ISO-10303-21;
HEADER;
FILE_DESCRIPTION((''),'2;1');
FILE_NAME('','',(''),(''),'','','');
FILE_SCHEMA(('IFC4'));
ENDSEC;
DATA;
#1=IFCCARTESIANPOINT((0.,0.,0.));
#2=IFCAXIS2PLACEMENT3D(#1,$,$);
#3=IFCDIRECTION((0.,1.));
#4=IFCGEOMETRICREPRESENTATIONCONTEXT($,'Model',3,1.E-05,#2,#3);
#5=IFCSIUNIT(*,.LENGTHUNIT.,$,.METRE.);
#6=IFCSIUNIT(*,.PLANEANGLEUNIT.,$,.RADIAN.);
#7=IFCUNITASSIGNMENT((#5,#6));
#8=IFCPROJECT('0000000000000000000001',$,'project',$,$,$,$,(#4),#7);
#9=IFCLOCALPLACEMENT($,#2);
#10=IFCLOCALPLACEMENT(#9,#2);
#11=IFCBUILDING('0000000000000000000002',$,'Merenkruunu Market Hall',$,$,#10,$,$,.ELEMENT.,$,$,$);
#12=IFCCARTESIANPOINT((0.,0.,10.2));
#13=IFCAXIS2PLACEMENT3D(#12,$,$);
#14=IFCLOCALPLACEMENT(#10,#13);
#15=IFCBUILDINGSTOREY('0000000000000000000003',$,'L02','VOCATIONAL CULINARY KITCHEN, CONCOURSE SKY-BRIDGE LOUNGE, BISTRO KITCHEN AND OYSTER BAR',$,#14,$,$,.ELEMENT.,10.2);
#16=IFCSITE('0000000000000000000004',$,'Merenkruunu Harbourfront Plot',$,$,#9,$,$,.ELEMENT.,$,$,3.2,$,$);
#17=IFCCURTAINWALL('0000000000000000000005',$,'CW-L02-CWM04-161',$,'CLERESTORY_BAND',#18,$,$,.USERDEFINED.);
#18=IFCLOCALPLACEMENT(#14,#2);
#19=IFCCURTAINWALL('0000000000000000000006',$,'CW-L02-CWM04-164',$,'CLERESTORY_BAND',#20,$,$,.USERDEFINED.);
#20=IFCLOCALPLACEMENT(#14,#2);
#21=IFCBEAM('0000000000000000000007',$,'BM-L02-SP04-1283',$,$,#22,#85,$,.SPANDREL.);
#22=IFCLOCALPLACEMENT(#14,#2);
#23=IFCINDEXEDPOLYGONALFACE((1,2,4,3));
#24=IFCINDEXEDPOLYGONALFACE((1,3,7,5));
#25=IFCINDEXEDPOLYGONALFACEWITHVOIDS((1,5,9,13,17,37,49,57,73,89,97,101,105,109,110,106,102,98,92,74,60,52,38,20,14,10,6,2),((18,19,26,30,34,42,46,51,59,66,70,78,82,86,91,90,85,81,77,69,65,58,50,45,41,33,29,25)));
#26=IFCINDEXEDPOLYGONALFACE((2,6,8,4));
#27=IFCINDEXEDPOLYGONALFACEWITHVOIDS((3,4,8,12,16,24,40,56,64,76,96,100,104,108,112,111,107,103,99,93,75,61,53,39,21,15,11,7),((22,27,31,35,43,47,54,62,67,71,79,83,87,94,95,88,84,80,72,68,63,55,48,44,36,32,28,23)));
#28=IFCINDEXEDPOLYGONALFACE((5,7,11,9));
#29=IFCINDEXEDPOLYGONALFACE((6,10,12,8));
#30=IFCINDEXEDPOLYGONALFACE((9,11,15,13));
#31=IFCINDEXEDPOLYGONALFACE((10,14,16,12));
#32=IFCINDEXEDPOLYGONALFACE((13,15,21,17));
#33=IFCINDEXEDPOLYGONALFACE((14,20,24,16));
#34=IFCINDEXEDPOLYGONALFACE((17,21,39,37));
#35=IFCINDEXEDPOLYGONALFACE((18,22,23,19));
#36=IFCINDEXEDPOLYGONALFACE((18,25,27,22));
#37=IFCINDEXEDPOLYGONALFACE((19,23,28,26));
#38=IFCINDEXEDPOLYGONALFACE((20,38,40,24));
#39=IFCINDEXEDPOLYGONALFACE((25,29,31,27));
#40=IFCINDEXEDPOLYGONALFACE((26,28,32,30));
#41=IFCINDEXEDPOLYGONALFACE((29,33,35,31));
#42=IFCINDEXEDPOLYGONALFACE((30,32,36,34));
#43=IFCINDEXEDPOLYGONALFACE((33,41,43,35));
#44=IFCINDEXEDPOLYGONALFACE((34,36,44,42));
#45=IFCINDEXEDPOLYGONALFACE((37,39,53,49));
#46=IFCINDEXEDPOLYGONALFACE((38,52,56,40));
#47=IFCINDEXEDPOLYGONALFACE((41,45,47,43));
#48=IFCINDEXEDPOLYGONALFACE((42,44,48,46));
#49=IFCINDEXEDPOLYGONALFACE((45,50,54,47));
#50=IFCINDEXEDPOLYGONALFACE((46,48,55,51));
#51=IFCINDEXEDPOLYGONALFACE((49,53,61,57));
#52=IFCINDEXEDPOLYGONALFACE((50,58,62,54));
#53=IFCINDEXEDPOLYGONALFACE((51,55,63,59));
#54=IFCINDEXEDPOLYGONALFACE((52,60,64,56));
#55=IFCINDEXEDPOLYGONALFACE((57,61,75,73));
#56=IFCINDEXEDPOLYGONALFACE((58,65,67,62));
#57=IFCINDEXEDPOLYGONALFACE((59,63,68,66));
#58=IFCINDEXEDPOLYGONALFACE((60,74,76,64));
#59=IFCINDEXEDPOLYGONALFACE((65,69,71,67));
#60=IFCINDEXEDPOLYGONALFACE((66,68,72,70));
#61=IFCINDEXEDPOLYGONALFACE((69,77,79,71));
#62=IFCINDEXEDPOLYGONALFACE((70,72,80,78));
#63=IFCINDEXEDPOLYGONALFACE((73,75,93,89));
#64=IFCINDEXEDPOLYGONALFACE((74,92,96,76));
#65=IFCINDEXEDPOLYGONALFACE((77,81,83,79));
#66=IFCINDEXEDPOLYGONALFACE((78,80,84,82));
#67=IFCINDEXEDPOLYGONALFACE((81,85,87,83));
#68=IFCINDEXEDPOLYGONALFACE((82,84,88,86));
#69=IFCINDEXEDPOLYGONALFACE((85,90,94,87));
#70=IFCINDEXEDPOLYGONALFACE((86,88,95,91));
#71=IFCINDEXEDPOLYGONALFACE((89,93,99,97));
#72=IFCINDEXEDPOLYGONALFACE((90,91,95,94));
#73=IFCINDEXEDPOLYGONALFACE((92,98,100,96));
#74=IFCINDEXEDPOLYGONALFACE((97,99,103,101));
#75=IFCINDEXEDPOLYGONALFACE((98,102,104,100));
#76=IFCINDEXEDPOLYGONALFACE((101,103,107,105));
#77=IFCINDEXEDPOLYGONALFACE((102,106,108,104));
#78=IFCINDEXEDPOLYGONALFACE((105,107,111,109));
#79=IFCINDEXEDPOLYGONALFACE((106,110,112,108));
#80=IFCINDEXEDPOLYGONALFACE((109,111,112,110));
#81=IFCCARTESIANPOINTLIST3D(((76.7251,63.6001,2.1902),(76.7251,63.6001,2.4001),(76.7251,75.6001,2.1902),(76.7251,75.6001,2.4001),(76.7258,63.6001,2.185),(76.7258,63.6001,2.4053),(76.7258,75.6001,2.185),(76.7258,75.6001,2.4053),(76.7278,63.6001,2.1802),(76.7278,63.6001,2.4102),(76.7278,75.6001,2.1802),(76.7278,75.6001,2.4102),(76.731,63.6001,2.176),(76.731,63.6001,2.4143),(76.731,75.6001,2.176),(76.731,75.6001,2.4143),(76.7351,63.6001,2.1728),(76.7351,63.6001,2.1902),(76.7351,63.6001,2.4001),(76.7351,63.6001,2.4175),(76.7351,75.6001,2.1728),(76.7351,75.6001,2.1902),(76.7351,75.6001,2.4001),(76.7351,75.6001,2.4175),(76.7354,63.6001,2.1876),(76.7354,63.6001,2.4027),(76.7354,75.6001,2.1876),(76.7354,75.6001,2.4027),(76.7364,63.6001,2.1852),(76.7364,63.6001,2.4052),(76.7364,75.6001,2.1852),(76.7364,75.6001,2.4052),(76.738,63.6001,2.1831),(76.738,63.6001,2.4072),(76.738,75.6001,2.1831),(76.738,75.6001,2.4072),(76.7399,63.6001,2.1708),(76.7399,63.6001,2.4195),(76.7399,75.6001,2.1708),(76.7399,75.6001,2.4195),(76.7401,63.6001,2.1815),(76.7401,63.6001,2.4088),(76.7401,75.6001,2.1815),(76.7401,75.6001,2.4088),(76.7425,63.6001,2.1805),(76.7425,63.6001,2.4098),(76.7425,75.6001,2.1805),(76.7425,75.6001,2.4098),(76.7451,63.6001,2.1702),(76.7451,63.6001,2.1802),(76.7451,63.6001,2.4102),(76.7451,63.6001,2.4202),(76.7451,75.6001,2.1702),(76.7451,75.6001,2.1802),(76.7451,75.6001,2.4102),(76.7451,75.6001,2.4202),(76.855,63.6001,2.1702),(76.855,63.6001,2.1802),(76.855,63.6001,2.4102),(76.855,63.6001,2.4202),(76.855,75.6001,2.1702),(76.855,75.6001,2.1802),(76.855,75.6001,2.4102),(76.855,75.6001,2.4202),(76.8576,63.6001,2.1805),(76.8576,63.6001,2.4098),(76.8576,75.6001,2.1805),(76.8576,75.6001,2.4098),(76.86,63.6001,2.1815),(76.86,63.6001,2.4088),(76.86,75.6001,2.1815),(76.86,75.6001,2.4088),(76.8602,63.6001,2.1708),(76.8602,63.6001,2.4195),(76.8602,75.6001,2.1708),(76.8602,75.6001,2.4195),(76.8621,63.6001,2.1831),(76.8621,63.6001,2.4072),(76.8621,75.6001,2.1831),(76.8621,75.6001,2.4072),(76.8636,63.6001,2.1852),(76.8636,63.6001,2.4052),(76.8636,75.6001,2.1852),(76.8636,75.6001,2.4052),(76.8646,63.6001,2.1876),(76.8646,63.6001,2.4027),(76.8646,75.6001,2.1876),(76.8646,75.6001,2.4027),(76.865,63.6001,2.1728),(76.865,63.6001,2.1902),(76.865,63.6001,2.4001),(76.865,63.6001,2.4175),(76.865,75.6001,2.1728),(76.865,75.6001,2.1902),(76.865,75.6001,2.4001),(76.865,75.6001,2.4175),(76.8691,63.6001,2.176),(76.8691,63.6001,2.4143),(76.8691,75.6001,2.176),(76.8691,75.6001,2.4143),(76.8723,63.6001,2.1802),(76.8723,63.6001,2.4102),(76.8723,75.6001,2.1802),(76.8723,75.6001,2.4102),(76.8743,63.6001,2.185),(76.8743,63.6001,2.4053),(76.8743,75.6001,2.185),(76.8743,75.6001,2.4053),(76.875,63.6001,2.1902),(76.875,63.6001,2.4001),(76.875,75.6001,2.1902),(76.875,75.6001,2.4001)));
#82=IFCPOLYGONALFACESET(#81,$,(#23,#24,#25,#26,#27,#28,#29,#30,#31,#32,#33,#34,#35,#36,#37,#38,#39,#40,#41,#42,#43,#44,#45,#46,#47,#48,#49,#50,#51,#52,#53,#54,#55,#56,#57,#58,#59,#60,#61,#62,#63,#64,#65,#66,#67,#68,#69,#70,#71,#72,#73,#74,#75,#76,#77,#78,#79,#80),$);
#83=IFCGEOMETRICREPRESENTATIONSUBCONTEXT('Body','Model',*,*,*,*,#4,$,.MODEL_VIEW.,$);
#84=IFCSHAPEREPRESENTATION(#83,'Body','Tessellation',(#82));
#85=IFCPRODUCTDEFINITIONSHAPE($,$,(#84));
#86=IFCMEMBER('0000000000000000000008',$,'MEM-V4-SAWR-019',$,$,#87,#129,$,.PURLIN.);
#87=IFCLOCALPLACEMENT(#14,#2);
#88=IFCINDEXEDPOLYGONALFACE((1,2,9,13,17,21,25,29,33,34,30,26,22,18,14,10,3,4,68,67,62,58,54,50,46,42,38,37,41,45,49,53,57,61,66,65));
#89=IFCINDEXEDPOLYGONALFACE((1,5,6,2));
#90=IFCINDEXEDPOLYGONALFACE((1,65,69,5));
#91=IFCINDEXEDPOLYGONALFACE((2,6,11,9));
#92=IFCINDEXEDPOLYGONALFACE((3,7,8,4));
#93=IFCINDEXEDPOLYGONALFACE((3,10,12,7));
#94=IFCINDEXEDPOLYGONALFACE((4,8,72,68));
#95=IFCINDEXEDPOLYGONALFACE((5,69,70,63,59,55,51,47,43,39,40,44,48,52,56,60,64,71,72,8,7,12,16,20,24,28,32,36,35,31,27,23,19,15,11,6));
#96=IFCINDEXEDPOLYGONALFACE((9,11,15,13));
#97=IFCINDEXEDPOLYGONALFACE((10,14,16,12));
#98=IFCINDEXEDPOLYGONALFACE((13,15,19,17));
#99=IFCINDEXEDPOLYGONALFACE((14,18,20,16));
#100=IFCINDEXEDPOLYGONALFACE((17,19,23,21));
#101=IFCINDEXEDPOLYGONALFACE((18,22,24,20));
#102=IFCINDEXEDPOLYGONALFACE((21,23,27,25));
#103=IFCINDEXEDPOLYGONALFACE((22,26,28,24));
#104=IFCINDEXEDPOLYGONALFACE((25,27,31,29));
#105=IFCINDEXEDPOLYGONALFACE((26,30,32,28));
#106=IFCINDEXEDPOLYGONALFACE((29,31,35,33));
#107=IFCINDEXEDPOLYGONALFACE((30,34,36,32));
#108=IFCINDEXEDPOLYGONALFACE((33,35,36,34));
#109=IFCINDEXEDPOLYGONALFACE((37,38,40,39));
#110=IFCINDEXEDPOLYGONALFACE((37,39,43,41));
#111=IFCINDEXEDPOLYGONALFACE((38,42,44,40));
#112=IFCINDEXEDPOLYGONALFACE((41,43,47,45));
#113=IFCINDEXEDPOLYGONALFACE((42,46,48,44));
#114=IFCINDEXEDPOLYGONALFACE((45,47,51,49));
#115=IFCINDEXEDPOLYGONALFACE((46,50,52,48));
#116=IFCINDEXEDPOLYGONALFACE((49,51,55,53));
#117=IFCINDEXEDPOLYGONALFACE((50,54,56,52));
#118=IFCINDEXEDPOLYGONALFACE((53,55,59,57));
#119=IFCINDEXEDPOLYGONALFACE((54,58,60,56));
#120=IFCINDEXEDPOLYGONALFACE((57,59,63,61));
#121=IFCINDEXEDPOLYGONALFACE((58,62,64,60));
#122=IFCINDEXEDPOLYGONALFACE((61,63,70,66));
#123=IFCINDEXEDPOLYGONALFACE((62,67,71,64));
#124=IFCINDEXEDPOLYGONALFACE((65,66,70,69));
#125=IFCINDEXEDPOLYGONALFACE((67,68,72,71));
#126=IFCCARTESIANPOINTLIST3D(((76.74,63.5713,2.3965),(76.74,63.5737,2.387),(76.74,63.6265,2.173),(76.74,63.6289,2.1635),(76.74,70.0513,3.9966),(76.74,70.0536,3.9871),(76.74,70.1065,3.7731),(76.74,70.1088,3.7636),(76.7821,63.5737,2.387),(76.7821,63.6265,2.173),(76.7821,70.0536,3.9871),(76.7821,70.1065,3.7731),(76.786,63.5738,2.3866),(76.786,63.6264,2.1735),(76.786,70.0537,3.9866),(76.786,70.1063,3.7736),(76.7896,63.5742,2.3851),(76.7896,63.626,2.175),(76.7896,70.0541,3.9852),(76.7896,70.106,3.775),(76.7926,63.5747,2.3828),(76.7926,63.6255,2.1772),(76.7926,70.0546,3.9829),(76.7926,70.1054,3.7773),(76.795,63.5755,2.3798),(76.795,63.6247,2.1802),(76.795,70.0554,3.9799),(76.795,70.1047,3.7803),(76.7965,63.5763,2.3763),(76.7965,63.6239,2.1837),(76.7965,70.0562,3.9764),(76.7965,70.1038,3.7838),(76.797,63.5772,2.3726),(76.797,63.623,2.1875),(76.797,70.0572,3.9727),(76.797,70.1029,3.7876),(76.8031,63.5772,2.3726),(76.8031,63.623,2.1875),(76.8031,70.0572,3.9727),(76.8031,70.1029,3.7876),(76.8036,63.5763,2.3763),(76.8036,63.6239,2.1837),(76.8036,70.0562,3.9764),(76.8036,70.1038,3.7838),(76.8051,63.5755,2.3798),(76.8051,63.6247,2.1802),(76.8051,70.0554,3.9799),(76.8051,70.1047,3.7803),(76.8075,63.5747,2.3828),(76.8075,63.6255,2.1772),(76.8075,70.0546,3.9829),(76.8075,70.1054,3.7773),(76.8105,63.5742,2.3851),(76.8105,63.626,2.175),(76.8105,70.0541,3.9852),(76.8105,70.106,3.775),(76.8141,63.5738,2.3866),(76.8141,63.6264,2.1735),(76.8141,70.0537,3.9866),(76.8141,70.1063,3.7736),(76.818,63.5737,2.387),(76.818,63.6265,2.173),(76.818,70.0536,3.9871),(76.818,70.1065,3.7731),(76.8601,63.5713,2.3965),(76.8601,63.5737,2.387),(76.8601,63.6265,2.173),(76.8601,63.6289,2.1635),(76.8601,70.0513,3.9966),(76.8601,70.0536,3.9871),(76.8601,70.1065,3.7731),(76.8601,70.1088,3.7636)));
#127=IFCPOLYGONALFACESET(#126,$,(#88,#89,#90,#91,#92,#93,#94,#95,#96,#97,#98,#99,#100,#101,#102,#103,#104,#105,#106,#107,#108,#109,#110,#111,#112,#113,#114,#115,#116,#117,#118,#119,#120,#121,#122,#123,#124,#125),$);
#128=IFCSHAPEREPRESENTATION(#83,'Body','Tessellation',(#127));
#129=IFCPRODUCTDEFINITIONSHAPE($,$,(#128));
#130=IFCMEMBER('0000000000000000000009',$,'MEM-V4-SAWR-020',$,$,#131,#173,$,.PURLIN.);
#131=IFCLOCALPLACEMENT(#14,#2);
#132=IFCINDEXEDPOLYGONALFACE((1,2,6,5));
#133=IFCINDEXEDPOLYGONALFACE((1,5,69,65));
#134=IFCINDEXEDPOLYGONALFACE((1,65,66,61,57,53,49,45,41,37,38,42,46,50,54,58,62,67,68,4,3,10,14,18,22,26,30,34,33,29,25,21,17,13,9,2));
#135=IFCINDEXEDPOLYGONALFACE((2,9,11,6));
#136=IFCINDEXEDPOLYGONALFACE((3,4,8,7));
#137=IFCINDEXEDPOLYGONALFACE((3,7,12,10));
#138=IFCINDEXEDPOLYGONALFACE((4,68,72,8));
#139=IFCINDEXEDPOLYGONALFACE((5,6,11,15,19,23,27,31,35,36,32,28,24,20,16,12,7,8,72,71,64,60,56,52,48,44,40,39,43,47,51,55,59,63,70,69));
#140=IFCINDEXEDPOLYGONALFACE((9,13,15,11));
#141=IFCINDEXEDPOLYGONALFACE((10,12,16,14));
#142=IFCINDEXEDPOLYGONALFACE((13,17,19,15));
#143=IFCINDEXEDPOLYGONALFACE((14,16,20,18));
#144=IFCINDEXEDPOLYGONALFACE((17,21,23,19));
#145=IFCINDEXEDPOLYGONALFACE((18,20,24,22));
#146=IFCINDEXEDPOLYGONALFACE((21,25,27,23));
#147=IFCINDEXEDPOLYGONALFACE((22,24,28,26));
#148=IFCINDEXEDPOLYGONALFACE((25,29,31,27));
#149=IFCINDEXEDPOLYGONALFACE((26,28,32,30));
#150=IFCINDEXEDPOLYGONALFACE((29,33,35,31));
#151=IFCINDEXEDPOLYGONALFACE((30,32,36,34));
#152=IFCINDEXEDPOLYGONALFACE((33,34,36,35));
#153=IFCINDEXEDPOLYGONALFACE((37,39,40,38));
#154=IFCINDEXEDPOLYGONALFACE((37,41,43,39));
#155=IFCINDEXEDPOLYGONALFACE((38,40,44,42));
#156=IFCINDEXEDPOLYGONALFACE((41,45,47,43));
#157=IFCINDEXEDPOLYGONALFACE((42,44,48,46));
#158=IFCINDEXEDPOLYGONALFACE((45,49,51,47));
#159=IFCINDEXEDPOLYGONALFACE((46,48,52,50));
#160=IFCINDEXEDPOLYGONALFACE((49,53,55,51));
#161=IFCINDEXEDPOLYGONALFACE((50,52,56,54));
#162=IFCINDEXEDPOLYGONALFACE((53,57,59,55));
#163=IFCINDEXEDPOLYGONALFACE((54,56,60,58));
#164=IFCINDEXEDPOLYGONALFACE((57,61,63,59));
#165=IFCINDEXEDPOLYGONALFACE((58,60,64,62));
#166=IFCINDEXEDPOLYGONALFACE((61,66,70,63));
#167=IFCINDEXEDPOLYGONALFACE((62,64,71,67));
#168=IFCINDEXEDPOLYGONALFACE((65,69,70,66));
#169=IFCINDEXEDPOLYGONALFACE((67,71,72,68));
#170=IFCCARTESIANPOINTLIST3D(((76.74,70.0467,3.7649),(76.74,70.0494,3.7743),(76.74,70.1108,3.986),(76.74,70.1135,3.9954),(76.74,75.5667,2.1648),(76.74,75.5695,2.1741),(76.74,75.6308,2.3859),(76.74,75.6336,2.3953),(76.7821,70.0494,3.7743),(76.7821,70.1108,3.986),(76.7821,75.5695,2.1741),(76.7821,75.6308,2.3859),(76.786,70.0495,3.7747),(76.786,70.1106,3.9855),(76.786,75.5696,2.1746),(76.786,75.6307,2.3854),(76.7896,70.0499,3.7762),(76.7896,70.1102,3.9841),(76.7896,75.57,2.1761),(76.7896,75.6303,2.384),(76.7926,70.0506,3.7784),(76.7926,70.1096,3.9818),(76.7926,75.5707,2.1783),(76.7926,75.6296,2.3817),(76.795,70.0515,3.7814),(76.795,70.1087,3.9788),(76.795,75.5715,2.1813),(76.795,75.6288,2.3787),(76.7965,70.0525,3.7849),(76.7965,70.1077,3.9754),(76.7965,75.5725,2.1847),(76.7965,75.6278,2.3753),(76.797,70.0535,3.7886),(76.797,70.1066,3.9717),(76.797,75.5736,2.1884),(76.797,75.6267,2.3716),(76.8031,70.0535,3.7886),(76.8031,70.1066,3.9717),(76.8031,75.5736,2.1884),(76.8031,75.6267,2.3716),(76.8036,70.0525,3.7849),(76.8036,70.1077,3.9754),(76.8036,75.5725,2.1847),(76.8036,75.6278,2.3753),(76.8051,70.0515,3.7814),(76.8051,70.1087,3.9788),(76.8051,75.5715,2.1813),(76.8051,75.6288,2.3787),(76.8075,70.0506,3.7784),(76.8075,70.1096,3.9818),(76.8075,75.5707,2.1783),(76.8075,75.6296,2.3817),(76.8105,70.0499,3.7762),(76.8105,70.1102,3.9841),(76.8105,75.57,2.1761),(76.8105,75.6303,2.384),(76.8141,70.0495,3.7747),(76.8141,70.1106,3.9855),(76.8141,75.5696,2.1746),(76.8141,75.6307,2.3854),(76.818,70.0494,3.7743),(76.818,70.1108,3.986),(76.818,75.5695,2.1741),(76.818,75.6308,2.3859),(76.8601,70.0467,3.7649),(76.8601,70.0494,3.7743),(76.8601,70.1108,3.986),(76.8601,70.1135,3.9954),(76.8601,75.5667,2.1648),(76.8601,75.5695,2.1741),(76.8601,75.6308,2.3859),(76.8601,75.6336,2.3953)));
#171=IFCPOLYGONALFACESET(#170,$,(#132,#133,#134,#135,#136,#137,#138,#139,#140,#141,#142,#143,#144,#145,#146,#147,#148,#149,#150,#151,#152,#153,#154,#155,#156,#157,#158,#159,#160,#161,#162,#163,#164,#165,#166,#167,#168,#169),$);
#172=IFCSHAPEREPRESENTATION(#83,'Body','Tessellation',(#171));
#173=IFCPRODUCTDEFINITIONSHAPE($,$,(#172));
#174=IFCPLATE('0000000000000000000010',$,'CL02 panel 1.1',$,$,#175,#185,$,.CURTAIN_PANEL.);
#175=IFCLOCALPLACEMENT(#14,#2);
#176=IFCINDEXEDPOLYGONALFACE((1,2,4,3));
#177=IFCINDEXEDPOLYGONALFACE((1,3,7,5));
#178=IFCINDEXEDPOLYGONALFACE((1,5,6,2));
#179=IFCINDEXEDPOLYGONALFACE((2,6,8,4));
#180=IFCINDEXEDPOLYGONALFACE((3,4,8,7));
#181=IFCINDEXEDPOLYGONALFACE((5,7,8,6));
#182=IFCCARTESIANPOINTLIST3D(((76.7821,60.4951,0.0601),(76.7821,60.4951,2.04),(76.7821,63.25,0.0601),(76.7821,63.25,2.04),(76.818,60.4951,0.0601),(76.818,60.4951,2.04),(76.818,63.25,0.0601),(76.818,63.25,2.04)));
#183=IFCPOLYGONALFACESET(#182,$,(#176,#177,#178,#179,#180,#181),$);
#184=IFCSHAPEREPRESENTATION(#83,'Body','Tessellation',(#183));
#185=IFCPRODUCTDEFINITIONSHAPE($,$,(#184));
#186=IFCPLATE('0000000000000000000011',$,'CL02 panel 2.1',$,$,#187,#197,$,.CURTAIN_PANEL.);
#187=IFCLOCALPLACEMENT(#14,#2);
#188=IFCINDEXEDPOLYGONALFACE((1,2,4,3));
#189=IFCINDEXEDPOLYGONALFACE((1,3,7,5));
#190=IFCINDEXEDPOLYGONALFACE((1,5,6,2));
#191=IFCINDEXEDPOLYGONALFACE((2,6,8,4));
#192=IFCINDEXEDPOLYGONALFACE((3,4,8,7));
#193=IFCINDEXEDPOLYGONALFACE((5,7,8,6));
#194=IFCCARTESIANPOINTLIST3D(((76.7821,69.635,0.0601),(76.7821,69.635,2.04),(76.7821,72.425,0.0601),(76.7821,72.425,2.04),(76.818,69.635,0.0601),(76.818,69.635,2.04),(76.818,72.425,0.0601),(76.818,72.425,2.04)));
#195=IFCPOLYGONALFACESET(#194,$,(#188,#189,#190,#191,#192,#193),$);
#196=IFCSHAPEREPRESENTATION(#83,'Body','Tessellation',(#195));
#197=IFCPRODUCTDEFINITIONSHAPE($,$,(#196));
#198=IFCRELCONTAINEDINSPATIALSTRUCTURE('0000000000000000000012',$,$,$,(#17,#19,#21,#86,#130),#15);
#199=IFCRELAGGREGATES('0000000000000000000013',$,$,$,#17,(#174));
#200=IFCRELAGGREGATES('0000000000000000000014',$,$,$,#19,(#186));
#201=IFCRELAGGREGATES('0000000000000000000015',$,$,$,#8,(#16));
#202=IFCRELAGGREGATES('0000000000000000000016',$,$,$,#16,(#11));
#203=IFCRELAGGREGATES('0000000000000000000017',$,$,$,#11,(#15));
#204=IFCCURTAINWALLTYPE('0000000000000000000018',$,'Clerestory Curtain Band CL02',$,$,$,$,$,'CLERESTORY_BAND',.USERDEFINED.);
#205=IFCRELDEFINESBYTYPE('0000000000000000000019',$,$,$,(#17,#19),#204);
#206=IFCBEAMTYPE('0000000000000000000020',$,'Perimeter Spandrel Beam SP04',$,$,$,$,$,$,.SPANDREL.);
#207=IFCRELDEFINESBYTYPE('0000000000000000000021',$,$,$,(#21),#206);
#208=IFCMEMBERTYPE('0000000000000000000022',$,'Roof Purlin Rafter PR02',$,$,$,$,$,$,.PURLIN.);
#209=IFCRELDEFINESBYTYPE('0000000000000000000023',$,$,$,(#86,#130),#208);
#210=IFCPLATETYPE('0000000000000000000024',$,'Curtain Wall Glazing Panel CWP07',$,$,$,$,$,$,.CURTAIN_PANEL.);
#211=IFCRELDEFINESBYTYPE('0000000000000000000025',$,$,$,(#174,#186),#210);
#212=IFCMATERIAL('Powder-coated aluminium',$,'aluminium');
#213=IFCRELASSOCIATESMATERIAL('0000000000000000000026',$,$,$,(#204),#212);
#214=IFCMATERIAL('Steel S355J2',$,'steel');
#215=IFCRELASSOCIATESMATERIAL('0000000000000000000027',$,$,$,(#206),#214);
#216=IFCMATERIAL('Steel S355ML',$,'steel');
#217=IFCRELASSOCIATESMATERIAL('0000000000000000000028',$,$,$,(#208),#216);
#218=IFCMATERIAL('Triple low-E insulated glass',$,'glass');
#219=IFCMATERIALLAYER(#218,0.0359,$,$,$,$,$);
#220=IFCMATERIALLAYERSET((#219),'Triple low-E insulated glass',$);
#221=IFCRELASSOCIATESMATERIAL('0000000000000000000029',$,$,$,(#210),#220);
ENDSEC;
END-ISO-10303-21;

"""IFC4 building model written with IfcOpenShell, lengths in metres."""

from ifc_helpers import new_model, si_unit, direction, frame, origin, origin_2d, place, context, subcontext, project, spatial, rectangle, hollow_rectangle, i_section, extrude, material, layer, layer_set, material_profile, profile_set, type_object, element, aggregate, save


model = new_model("IFC4")

# Units and contexts
model_context = context("Model", 3, precision=1e-05, world=origin(), true_north=direction((0.0, 1.0)))
body_context = subcontext(model_context, "Body", "Model", "MODEL_VIEW")
ifc_project = project(units=[si_unit("LENGTHUNIT", "METRE"), si_unit("PLANEANGLEUNIT", "RADIAN")], contexts=[model_context])

# Site, building, storey
site_placement = place(None, origin())
site = spatial("IfcSite", under=ifc_project, at=site_placement, Name="Merenkruunu Harbourfront Plot", CompositionType="ELEMENT", RefElevation=3.2)
building_placement = place(site_placement, origin())
building = spatial("IfcBuilding", under=site, at=building_placement, Name="Merenkruunu Market Hall", CompositionType="ELEMENT")
storey_placement = place(building_placement, frame((0.0, 0.0, 10.2)))
storey = spatial("IfcBuildingStorey", under=building, at=storey_placement, Name="L02", Description="VOCATIONAL CULINARY KITCHEN, CONCOURSE SKY-BRIDGE LOUNGE, BISTRO KITCHEN AND OYSTER BAR", CompositionType="ELEMENT", Elevation=10.2)

# Shared definitions
ifc_material_1 = material(Name="Steel S355ML", Category="steel")

# Curtain walls
ifc_material_2 = material(Name="Powder-coated aluminium", Category="aluminium")
curtain_wall_type = type_object("IfcCurtainWallType", Name="Clerestory Curtain Band CL02", ElementType="CLERESTORY_BAND", PredefinedType="USERDEFINED", material=ifc_material_2)
curtain_wall_1_placement = place(storey_placement, origin())
curtain_wall_1 = element("IfcCurtainWall", 1, at=curtain_wall_1_placement, inside=storey, type_object=curtain_wall_type, Name="CW-L02-CWM04-161", ObjectType="CLERESTORY_BAND", PredefinedType="USERDEFINED")
curtain_wall_2_placement = place(storey_placement, origin())
curtain_wall_2 = element("IfcCurtainWall", 2, at=curtain_wall_2_placement, inside=storey, type_object=curtain_wall_type, Name="CW-L02-CWM04-164", ObjectType="CLERESTORY_BAND", PredefinedType="USERDEFINED")

# Beam
ifc_material_3 = material(Name="Steel S355J2", Category="steel")
ifc_material_profile_1 = material_profile(ifc_material_3, hollow_rectangle(XDim=0.1499, YDim=0.25, WallThickness=0.01, InnerFilletRadius=0.01, OuterFilletRadius=0.02, at=origin_2d()), Name="RHS 250x150x10")
ifc_profile_set_1 = profile_set([ifc_material_profile_1], Name="Steel S355J2")
beam_type_1 = type_object("IfcBeamType", Name="Perimeter Spandrel Beam SP04", PredefinedType="SPANDREL", material=ifc_profile_set_1)
beam_1_placement = place(storey_placement, frame((76.8, 63.6001, 2.2952), z_axis=(0.0, 1.0, 0.0), x_axis=(-1.0, 0.0, 0.0)))
element("IfcBeam", 3, at=beam_1_placement, inside=storey, type_object=beam_type_1, Name="BM-L02-SP04-1283", PredefinedType="SPANDREL", context=body_context, shape_type="SweptSolid", body=[
    extrude(hollow_rectangle(XDim=0.1499, YDim=0.25, WallThickness=0.01, InnerFilletRadius=0.01, OuterFilletRadius=0.02, at=origin_2d()), origin(), (0.0, 0.0, 1.0), 12.0),
])

# Members
ifc_material_profile_2 = material_profile(ifc_material_1, i_section(OverallWidth=0.1201, OverallDepth=0.24, WebThickness=0.0061, FlangeThickness=0.0098, FilletRadius=0.0149, at=origin_2d()), Name="IPE 240")
ifc_profile_set_2 = profile_set([ifc_material_profile_2], Name="Steel S355ML")
member_type_1 = type_object("IfcMemberType", Name="Roof Purlin Rafter PR02", PredefinedType="PURLIN", material=ifc_profile_set_2)
member_1_placement = place(storey_placement, frame((76.8, 63.6001, 2.28), z_axis=(0.0, 0.97084, 0.239729), x_axis=(-1.0, 0.0, 0.0)))
element("IfcMember", 4, at=member_1_placement, inside=storey, type_object=member_type_1, Name="MEM-V4-SAWR-019", PredefinedType="PURLIN", context=body_context, shape_type="SweptSolid", body=[
    extrude(i_section(OverallWidth=0.1201, OverallDepth=0.24, WebThickness=0.0061, FlangeThickness=0.0098, FilletRadius=0.0149, at=origin_2d()), origin(), (0.0, 0.0, 1.0), 6.6746),
])
member_2_placement = place(storey_placement, frame((76.8, 70.0801, 3.8801), z_axis=(0.0, 0.960462, -0.278411), x_axis=(-1.0, 0.0, 0.0)))
element("IfcMember", 5, at=member_2_placement, inside=storey, type_object=member_type_1, Name="MEM-V4-SAWR-020", PredefinedType="PURLIN", context=body_context, shape_type="SweptSolid", body=[
    extrude(i_section(OverallWidth=0.1201, OverallDepth=0.24, WebThickness=0.0061, FlangeThickness=0.0098, FilletRadius=0.0149, at=origin_2d()), origin(), (0.0, 0.0, 1.0), 5.7473),
])

# Plates
ifc_material_4 = material(Name="Triple low-E insulated glass", Category="glass")
ifc_layer_1 = layer(ifc_material_4, 0.0359)
ifc_layer_set_1 = layer_set([ifc_layer_1], Name="Triple low-E insulated glass")
plate_type_1 = type_object("IfcPlateType", Name="Curtain Wall Glazing Panel CWP07", PredefinedType="CURTAIN_PANEL", material=ifc_layer_set_1)
plate_1_placement = place(storey_placement, frame((76.8, 61.8726, 0.0601), z_axis=(0.0, 0.0, 1.0), x_axis=(0.0, -1.0, 0.0)))
plate_1 = element("IfcPlate", 6, at=plate_1_placement, type_object=plate_type_1, Name="CL02 panel 1.1", PredefinedType="CURTAIN_PANEL", context=body_context, shape_type="SweptSolid", body=[
    extrude(rectangle(XDim=2.7549, YDim=0.0359, at=origin_2d()), origin(), (0.0, 0.0, 1.0), 1.98),
])
aggregate(curtain_wall_1, [plate_1])
plate_2_placement = place(storey_placement, frame((76.8, 71.03, 0.0601), z_axis=(0.0, 0.0, 1.0), x_axis=(0.0, -1.0, 0.0)))
plate_2 = element("IfcPlate", 7, at=plate_2_placement, type_object=plate_type_1, Name="CL02 panel 2.1", PredefinedType="CURTAIN_PANEL", context=body_context, shape_type="SweptSolid", body=[
    extrude(rectangle(XDim=2.79, YDim=0.0359, at=origin_2d()), origin(), (0.0, 0.0, 1.0), 1.98),
])
aggregate(curtain_wall_2, [plate_2])

save(model, "model.ifc")
